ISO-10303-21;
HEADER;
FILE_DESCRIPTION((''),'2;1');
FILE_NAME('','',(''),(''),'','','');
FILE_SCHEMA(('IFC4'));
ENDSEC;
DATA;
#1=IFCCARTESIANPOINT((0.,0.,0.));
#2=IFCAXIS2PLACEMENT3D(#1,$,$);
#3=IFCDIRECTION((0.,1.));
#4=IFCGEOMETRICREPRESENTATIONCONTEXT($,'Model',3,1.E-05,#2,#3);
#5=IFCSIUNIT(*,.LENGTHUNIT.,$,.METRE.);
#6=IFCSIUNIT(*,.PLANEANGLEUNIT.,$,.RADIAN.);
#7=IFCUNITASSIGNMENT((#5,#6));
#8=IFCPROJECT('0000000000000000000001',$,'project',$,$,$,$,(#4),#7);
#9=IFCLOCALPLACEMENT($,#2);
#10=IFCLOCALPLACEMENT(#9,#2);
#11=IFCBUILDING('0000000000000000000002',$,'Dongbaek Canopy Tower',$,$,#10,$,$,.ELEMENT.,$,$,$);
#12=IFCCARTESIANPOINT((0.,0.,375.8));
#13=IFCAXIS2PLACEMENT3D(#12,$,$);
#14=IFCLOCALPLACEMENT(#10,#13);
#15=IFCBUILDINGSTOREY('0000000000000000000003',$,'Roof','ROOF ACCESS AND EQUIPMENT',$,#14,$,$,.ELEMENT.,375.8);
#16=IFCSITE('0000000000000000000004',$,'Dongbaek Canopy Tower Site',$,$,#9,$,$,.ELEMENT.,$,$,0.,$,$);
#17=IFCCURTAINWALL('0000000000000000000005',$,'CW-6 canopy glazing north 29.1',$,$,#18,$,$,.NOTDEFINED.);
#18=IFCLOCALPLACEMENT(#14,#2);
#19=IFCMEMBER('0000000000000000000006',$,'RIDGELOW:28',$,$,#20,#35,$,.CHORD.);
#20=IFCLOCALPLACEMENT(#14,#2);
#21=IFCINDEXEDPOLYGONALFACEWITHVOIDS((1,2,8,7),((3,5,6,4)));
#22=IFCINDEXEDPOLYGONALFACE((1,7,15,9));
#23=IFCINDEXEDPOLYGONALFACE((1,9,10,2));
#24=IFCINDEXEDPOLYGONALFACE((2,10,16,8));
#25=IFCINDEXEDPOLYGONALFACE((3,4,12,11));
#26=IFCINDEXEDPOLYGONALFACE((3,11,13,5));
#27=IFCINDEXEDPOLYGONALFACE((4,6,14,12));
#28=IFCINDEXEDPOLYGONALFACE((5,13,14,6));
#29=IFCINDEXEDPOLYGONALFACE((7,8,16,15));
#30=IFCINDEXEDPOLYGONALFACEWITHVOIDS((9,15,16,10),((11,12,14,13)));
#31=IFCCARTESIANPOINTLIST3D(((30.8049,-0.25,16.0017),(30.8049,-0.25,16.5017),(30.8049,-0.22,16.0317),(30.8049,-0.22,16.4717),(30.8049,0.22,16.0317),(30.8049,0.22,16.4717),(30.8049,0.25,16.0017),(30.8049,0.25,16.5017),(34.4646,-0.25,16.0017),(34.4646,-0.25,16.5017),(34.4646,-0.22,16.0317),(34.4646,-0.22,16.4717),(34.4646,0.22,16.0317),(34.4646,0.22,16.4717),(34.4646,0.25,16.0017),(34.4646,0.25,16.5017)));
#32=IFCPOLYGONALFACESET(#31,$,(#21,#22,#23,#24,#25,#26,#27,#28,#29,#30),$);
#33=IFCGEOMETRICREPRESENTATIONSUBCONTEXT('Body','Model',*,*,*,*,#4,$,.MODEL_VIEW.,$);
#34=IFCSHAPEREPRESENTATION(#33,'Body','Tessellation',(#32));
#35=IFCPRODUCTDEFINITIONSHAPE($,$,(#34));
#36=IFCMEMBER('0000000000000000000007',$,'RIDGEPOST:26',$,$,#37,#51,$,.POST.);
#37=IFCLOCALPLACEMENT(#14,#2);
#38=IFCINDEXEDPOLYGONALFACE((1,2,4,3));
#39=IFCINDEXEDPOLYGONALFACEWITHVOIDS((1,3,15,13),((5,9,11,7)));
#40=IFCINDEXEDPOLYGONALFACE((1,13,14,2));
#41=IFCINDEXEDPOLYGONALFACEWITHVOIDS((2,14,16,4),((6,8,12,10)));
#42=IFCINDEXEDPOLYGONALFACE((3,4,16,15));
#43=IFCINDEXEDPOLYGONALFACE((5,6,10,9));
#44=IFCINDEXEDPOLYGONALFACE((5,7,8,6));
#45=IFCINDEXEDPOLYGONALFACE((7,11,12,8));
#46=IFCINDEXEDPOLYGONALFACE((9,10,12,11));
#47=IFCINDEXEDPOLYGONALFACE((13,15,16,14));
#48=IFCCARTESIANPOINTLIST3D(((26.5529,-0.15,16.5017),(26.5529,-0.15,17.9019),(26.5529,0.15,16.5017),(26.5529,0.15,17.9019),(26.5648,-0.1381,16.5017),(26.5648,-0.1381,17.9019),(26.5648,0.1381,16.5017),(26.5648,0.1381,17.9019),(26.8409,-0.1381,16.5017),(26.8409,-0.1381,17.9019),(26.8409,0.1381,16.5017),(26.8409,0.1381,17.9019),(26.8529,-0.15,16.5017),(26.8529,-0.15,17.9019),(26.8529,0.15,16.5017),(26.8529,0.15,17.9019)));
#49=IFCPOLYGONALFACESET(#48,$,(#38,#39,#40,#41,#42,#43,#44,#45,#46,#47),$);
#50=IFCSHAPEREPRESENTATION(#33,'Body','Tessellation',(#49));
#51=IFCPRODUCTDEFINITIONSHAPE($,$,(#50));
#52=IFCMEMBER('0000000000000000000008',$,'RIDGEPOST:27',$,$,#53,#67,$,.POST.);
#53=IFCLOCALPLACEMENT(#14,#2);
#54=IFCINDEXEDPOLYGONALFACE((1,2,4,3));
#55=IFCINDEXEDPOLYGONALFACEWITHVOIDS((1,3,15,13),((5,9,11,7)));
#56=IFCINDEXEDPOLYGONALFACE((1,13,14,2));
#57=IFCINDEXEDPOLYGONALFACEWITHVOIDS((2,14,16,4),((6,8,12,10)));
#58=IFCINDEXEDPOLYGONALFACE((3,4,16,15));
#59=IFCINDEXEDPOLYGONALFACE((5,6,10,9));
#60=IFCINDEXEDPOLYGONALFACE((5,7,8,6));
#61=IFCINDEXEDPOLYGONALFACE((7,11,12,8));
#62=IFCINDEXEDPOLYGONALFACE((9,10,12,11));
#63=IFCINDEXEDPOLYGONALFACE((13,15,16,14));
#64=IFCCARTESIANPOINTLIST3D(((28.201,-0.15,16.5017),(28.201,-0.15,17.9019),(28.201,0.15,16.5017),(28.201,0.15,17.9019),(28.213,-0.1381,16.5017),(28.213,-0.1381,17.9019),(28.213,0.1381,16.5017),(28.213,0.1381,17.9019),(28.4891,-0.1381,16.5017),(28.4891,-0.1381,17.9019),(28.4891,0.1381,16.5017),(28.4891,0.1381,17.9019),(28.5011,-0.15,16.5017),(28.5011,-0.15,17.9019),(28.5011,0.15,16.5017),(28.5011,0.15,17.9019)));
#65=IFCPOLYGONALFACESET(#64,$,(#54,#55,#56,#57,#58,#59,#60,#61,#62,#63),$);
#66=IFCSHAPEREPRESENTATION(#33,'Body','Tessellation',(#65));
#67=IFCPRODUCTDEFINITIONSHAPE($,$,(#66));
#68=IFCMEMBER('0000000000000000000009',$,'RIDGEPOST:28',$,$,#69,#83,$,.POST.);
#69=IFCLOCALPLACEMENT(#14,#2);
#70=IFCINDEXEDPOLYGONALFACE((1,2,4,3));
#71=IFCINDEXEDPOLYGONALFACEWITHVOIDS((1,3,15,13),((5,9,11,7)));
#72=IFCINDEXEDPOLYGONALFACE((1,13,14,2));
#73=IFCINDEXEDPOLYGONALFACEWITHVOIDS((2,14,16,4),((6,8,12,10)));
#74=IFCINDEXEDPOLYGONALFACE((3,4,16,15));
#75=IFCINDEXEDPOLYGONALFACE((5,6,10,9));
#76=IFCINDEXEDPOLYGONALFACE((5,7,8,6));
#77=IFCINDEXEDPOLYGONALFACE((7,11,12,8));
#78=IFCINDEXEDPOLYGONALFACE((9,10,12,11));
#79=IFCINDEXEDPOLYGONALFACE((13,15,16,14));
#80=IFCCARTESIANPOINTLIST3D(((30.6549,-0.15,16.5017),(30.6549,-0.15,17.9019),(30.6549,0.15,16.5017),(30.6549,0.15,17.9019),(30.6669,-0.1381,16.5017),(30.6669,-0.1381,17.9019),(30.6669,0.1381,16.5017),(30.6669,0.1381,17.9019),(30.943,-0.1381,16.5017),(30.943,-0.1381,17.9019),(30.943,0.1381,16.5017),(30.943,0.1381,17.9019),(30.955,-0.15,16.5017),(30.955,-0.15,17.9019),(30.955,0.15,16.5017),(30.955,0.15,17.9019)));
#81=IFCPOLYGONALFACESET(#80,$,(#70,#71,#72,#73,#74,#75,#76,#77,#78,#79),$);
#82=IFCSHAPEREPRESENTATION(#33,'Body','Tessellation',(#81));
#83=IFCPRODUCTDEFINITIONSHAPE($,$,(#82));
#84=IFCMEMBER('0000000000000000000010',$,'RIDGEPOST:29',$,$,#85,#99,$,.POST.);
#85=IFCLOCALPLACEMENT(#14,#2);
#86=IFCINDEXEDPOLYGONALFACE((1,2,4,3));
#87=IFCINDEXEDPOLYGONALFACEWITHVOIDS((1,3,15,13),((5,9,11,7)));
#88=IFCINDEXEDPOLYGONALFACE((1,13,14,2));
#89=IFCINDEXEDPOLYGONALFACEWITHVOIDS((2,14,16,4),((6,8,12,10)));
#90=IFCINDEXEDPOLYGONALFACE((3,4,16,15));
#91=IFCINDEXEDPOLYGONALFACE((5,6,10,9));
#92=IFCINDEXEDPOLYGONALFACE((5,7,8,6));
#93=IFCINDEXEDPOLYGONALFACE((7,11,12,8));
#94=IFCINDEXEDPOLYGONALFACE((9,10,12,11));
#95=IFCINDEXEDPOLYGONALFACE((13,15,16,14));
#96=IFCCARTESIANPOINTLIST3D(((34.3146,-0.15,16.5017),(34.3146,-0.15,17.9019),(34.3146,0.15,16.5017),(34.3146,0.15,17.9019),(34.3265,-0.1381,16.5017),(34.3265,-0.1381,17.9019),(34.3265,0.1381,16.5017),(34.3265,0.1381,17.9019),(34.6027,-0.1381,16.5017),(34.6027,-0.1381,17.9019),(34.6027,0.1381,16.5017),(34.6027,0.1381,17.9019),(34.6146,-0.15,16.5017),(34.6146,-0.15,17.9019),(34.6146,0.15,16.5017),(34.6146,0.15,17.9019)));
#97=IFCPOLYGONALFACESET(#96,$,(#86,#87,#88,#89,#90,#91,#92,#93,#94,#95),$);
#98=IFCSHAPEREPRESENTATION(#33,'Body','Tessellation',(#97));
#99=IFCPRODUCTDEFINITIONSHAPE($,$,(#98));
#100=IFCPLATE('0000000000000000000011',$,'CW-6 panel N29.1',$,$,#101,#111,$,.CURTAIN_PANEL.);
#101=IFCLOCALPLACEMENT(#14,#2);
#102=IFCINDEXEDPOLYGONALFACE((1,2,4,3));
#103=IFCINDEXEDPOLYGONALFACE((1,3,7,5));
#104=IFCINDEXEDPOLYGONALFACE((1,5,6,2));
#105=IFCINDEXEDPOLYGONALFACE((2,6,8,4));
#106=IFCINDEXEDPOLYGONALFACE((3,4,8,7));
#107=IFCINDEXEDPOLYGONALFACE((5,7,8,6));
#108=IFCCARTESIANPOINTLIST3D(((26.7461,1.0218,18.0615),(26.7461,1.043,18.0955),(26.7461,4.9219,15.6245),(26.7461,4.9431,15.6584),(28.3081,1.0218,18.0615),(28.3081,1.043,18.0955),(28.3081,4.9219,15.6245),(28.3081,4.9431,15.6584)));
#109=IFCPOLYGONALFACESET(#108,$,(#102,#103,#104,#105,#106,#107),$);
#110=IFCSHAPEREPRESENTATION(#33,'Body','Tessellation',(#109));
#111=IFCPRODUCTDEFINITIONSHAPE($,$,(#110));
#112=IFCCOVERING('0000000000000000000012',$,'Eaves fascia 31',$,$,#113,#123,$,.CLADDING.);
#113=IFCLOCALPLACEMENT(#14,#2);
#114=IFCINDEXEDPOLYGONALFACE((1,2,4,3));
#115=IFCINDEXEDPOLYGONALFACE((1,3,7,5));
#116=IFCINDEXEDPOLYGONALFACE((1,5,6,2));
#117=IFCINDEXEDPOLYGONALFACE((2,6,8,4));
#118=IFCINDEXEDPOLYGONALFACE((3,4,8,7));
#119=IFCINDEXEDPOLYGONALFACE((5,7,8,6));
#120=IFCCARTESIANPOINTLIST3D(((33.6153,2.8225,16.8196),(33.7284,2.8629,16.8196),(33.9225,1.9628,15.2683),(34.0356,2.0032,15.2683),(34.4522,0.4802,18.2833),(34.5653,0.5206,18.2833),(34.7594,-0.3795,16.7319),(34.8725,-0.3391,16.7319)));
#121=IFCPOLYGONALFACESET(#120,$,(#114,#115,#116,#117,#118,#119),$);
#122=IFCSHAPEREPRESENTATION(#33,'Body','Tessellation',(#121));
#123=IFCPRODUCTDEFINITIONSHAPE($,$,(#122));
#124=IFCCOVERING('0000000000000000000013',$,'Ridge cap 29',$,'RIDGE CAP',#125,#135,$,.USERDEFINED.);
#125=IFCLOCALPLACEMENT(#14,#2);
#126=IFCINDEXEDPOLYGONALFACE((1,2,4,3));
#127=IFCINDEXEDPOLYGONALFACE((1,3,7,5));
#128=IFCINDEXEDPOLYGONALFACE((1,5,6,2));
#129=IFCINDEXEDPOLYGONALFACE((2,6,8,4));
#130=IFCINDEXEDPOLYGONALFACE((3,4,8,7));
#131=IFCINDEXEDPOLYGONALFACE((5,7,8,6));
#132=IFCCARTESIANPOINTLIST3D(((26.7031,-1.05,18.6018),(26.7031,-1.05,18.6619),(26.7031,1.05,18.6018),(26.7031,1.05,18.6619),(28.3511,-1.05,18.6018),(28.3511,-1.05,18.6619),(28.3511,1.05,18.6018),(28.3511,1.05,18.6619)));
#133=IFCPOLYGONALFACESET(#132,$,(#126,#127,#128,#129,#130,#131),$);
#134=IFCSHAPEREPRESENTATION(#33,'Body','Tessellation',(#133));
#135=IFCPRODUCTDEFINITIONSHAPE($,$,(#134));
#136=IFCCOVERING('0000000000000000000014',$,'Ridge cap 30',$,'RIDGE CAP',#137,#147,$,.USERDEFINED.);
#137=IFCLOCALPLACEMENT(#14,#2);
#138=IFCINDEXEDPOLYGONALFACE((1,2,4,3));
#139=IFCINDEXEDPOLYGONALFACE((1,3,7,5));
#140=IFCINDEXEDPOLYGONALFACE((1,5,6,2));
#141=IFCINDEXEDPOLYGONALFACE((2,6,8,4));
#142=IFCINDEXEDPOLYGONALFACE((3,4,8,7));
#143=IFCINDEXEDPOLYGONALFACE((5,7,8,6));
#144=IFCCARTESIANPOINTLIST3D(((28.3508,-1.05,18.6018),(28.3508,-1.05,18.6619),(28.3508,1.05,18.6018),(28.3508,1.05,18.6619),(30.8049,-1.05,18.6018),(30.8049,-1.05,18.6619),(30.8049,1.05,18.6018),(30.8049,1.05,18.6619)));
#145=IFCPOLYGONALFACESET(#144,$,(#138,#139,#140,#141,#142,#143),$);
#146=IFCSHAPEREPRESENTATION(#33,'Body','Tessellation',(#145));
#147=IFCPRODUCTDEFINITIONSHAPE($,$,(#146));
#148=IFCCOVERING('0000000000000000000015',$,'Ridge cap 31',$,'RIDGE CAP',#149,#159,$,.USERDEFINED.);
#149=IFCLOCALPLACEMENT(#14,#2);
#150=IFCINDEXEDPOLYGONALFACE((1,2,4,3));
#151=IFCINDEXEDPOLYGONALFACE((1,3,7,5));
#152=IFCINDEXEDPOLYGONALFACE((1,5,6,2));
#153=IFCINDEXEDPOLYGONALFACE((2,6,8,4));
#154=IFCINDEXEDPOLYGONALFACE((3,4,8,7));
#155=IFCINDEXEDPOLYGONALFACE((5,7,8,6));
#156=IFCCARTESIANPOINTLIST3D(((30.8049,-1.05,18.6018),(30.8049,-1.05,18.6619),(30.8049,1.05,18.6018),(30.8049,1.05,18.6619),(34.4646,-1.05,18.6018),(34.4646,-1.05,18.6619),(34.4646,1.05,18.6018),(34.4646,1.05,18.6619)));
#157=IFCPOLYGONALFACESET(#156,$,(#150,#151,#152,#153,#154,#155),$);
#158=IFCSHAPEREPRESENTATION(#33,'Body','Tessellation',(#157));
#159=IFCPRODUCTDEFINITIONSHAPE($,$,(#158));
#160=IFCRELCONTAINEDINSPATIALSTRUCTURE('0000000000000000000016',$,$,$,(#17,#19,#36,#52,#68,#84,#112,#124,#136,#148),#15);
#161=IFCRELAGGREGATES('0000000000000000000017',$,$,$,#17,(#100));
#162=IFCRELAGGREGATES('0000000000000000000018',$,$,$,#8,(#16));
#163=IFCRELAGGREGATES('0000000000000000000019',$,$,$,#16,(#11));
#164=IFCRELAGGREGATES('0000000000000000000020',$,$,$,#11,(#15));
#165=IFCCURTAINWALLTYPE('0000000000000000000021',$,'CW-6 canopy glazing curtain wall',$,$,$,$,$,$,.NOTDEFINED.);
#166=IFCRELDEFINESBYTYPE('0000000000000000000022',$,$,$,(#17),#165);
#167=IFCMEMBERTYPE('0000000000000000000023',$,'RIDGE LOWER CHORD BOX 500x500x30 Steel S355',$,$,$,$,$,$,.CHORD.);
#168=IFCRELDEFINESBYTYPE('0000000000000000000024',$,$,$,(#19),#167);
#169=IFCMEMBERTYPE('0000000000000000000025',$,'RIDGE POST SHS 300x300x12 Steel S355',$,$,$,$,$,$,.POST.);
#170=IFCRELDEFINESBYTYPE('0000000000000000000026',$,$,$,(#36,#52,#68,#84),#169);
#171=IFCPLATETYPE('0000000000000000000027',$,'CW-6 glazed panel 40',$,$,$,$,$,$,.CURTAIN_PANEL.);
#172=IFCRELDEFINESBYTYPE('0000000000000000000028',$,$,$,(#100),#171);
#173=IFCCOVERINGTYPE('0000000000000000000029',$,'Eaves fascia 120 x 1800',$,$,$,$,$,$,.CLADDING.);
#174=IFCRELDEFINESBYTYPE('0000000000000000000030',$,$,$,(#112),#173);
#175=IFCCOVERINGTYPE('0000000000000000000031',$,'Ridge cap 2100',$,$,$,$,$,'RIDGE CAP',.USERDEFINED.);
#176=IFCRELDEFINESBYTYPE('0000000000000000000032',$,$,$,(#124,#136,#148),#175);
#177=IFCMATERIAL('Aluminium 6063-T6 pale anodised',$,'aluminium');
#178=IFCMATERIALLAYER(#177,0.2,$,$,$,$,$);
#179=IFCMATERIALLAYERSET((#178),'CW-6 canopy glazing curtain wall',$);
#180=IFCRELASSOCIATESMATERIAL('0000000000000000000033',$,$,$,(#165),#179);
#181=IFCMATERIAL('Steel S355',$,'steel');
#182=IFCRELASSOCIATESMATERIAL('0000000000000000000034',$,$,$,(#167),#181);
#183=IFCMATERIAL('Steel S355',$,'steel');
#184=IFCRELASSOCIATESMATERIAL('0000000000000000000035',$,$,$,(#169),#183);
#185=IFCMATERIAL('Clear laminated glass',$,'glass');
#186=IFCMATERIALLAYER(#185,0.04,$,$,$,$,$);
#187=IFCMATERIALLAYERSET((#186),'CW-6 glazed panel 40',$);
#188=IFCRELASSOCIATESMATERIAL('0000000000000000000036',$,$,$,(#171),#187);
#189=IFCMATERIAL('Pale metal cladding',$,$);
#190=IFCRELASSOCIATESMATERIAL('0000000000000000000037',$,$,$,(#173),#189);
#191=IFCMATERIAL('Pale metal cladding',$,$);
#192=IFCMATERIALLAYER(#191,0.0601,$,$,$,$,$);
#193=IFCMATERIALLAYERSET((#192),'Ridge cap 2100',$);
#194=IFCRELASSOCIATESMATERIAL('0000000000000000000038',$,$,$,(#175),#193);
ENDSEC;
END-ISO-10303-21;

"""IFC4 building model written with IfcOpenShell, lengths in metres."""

from ifc_helpers import new_model, si_unit, direction, frame, origin, origin_2d, place, context, subcontext, project, spatial, polyline, rectangle, hollow_rectangle, outline, extrude, material, layer, layer_set, material_profile, profile_set, type_object, element, aggregate, save


model = new_model("IFC4")

# Units and contexts
model_context = context("Model", 3, precision=1e-05, world=origin(), true_north=direction((0.0, 1.0)))
body_context = subcontext(model_context, "Body", "Model", "MODEL_VIEW")
ifc_project = project(units=[si_unit("LENGTHUNIT", "METRE"), si_unit("PLANEANGLEUNIT", "RADIAN")], contexts=[model_context])

# Site, building, storey
site_placement = place(None, origin())
site = spatial("IfcSite", under=ifc_project, at=site_placement, Name="Dongbaek Canopy Tower Site", CompositionType="ELEMENT", RefElevation=0.0)
building_placement = place(site_placement, origin())
building = spatial("IfcBuilding", under=site, at=building_placement, Name="Dongbaek Canopy Tower", CompositionType="ELEMENT")
storey_placement = place(building_placement, frame((0.0, 0.0, 375.8)))
storey = spatial("IfcBuildingStorey", under=building, at=storey_placement, Name="Roof", Description="ROOF ACCESS AND EQUIPMENT", CompositionType="ELEMENT", Elevation=375.8)

# Curtain wall
ifc_material_1 = material(Name="Aluminium 6063-T6 pale anodised", Category="aluminium")
ifc_layer_1 = layer(ifc_material_1, 0.2)
ifc_layer_set_1 = layer_set([ifc_layer_1], Name="CW-6 canopy glazing curtain wall")
curtain_wall_type = type_object("IfcCurtainWallType", Name="CW-6 canopy glazing curtain wall", PredefinedType="NOTDEFINED", material=ifc_layer_set_1)
curtain_wall_1_placement = place(storey_placement, origin())
curtain_wall_1 = element("IfcCurtainWall", 1, at=curtain_wall_1_placement, inside=storey, type_object=curtain_wall_type, Name="CW-6 canopy glazing north 29.1", PredefinedType="NOTDEFINED")

# Members
ifc_material_2 = material(Name="Steel S355", Category="steel")
ifc_material_profile_1 = material_profile(ifc_material_2, hollow_rectangle(XDim=0.5, YDim=0.5, WallThickness=0.03, at=origin_2d()), Name="RIDGE LOWER CHORD BOX 500x500x30 Steel S355")
ifc_profile_set_1 = profile_set([ifc_material_profile_1], Name="Steel S355")
member_type_1 = type_object("IfcMemberType", Name="RIDGE LOWER CHORD BOX 500x500x30 Steel S355", PredefinedType="CHORD", material=ifc_profile_set_1)
member_1_placement = place(storey_placement, frame((30.8049, 0.0, 16.2517), z_axis=(1.0, 0.0, 0.0), x_axis=(0.0, 1.0, 0.0)))
element("IfcMember", 2, at=member_1_placement, inside=storey, type_object=member_type_1, Name="RIDGELOW:28", PredefinedType="CHORD", context=body_context, shape_type="SweptSolid", body=[
    extrude(hollow_rectangle(XDim=0.5, YDim=0.5, WallThickness=0.03, at=origin_2d()), origin(), (0.0, 0.0, 1.0), 3.6597),
])
ifc_material_3 = material(Name="Steel S355", Category="steel")
ifc_material_profile_2 = material_profile(ifc_material_3, hollow_rectangle(XDim=0.3, YDim=0.3, WallThickness=0.012, at=origin_2d()), Name="RIDGE POST SHS 300x300x12 Steel S355")
ifc_profile_set_2 = profile_set([ifc_material_profile_2], Name="Steel S355")
member_type_2 = type_object("IfcMemberType", Name="RIDGE POST SHS 300x300x12 Steel S355", PredefinedType="POST", material=ifc_profile_set_2)
for number, where, z_axis, x_axis, name in (
    (3, (26.7029, 0.0, 16.5017), (0.0, 0.0, 1.0), (1.0, 0.0, 0.0), "RIDGEPOST:26"),
    (4, (28.3511, 0.0, 16.5017), (0.0, 0.0, 1.0), (1.0, 0.0, 0.0), "RIDGEPOST:27"),
    (5, (30.8049, 0.0, 16.5017), (0.0, 0.0, 1.0), (1.0, 0.0, 0.0), "RIDGEPOST:28"),
    (6, (34.4646, 0.0, 16.5017), (0.0, 0.0, 1.0), (1.0, 0.0, 0.0), "RIDGEPOST:29"),
):
    element("IfcMember", number, at=place(storey_placement, frame(where, z_axis=z_axis, x_axis=x_axis)), inside=storey, type_object=member_type_2, Name=name, PredefinedType="POST", context=body_context, shape_type="SweptSolid", body=[
        extrude(hollow_rectangle(XDim=0.3, YDim=0.3, WallThickness=0.012, at=origin_2d()), origin(), (0.0, 0.0, 1.0), 1.4001),
    ])

# Plate
ifc_material_4 = material(Name="Clear laminated glass", Category="glass")
ifc_layer_2 = layer(ifc_material_4, 0.04)
ifc_layer_set_2 = layer_set([ifc_layer_2], Name="CW-6 glazed panel 40")
plate_type = type_object("IfcPlateType", Name="CW-6 glazed panel 40", PredefinedType="CURTAIN_PANEL", material=ifc_layer_set_2)
plate_placement = place(storey_placement, frame((28.3081, 1.043, 18.0955), z_axis=(0.0, 0.529908, 0.848055), x_axis=(-1.0, 0.0, 0.0)))
plate = element("IfcPlate", 7, at=plate_placement, type_object=plate_type, Name="CW-6 panel N29.1", PredefinedType="CURTAIN_PANEL", context=body_context, shape_type="SweptSolid", body=[
    extrude(outline(polyline([(0.0, 0.0), (1.562, 0.0), (1.562, -4.5989), (0.0, -4.5989), (0.0, 0.0)])), origin(), (0.0, 0.0, -1.0), 0.04),
])
aggregate(curtain_wall_1, [plate])

# Coverings
ifc_material_5 = material(Name="Pale metal cladding")
ifc_material_profile_3 = material_profile(ifc_material_5, rectangle(XDim=0.1201, YDim=1.8, at=origin_2d()), Name="Eaves fascia 120 x 1800")
ifc_profile_set_3 = profile_set([ifc_material_profile_3], Name="Pale metal cladding")
covering_type_1 = type_object("IfcCoveringType", Name="Eaves fascia 120 x 1800", PredefinedType="CLADDING", material=ifc_profile_set_3)
covering_1_placement = place(storey_placement, frame((34.6624, 0.0706, 17.5076), z_axis=(-0.289992, 0.811606, -0.507148), x_axis=(-0.941693, -0.336473, 0.0)))
element("IfcCovering", 8, at=covering_1_placement, inside=storey, type_object=covering_type_1, Name="Eaves fascia 31", PredefinedType="CLADDING", context=body_context, shape_type="SweptSolid", body=[
    extrude(rectangle(XDim=0.1201, YDim=1.8, at=origin_2d()), origin(), (0.0, 0.0, 1.0), 2.886),
])
ifc_material_6 = material(Name="Pale metal cladding")
ifc_layer_3 = layer(ifc_material_6, 0.0601)
ifc_layer_set_3 = layer_set([ifc_layer_3], Name="Ridge cap 2100")
covering_type_2 = type_object("IfcCoveringType", Name="Ridge cap 2100", ElementType="RIDGE CAP", PredefinedType="USERDEFINED", material=ifc_layer_set_3)
covering_2_placement = place(storey_placement, frame((27.5271, 0.0, 18.6018), z_axis=(0.0, 0.0, 1.0), x_axis=(1.0, 0.0, 0.0)))
element("IfcCovering", 9, at=covering_2_placement, inside=storey, type_object=covering_type_2, Name="Ridge cap 29", ObjectType="RIDGE CAP", PredefinedType="USERDEFINED", context=body_context, shape_type="SweptSolid", body=[
    extrude(rectangle(XDim=1.6479, YDim=2.1001, at=origin_2d()), origin(), (0.0, 0.0, 1.0), 0.0601),
])
covering_3_placement = place(storey_placement, frame((29.5779, 0.0, 18.6018), z_axis=(0.0, 0.0, 1.0), x_axis=(1.0, 0.0, 0.0)))
element("IfcCovering", 10, at=covering_3_placement, inside=storey, type_object=covering_type_2, Name="Ridge cap 30", ObjectType="RIDGE CAP", PredefinedType="USERDEFINED", context=body_context, shape_type="SweptSolid", body=[
    extrude(rectangle(XDim=2.4541, YDim=2.1001, at=origin_2d()), origin(), (0.0, 0.0, 1.0), 0.0601),
])
covering_4_placement = place(storey_placement, frame((32.6348, 0.0, 18.6018), z_axis=(0.0, 0.0, 1.0), x_axis=(1.0, 0.0, 0.0)))
element("IfcCovering", 11, at=covering_4_placement, inside=storey, type_object=covering_type_2, Name="Ridge cap 31", ObjectType="RIDGE CAP", PredefinedType="USERDEFINED", context=body_context, shape_type="SweptSolid", body=[
    extrude(rectangle(XDim=3.6597, YDim=2.1001, at=origin_2d()), origin(), (0.0, 0.0, 1.0), 0.0601),
])

save(model, "model.ifc")
